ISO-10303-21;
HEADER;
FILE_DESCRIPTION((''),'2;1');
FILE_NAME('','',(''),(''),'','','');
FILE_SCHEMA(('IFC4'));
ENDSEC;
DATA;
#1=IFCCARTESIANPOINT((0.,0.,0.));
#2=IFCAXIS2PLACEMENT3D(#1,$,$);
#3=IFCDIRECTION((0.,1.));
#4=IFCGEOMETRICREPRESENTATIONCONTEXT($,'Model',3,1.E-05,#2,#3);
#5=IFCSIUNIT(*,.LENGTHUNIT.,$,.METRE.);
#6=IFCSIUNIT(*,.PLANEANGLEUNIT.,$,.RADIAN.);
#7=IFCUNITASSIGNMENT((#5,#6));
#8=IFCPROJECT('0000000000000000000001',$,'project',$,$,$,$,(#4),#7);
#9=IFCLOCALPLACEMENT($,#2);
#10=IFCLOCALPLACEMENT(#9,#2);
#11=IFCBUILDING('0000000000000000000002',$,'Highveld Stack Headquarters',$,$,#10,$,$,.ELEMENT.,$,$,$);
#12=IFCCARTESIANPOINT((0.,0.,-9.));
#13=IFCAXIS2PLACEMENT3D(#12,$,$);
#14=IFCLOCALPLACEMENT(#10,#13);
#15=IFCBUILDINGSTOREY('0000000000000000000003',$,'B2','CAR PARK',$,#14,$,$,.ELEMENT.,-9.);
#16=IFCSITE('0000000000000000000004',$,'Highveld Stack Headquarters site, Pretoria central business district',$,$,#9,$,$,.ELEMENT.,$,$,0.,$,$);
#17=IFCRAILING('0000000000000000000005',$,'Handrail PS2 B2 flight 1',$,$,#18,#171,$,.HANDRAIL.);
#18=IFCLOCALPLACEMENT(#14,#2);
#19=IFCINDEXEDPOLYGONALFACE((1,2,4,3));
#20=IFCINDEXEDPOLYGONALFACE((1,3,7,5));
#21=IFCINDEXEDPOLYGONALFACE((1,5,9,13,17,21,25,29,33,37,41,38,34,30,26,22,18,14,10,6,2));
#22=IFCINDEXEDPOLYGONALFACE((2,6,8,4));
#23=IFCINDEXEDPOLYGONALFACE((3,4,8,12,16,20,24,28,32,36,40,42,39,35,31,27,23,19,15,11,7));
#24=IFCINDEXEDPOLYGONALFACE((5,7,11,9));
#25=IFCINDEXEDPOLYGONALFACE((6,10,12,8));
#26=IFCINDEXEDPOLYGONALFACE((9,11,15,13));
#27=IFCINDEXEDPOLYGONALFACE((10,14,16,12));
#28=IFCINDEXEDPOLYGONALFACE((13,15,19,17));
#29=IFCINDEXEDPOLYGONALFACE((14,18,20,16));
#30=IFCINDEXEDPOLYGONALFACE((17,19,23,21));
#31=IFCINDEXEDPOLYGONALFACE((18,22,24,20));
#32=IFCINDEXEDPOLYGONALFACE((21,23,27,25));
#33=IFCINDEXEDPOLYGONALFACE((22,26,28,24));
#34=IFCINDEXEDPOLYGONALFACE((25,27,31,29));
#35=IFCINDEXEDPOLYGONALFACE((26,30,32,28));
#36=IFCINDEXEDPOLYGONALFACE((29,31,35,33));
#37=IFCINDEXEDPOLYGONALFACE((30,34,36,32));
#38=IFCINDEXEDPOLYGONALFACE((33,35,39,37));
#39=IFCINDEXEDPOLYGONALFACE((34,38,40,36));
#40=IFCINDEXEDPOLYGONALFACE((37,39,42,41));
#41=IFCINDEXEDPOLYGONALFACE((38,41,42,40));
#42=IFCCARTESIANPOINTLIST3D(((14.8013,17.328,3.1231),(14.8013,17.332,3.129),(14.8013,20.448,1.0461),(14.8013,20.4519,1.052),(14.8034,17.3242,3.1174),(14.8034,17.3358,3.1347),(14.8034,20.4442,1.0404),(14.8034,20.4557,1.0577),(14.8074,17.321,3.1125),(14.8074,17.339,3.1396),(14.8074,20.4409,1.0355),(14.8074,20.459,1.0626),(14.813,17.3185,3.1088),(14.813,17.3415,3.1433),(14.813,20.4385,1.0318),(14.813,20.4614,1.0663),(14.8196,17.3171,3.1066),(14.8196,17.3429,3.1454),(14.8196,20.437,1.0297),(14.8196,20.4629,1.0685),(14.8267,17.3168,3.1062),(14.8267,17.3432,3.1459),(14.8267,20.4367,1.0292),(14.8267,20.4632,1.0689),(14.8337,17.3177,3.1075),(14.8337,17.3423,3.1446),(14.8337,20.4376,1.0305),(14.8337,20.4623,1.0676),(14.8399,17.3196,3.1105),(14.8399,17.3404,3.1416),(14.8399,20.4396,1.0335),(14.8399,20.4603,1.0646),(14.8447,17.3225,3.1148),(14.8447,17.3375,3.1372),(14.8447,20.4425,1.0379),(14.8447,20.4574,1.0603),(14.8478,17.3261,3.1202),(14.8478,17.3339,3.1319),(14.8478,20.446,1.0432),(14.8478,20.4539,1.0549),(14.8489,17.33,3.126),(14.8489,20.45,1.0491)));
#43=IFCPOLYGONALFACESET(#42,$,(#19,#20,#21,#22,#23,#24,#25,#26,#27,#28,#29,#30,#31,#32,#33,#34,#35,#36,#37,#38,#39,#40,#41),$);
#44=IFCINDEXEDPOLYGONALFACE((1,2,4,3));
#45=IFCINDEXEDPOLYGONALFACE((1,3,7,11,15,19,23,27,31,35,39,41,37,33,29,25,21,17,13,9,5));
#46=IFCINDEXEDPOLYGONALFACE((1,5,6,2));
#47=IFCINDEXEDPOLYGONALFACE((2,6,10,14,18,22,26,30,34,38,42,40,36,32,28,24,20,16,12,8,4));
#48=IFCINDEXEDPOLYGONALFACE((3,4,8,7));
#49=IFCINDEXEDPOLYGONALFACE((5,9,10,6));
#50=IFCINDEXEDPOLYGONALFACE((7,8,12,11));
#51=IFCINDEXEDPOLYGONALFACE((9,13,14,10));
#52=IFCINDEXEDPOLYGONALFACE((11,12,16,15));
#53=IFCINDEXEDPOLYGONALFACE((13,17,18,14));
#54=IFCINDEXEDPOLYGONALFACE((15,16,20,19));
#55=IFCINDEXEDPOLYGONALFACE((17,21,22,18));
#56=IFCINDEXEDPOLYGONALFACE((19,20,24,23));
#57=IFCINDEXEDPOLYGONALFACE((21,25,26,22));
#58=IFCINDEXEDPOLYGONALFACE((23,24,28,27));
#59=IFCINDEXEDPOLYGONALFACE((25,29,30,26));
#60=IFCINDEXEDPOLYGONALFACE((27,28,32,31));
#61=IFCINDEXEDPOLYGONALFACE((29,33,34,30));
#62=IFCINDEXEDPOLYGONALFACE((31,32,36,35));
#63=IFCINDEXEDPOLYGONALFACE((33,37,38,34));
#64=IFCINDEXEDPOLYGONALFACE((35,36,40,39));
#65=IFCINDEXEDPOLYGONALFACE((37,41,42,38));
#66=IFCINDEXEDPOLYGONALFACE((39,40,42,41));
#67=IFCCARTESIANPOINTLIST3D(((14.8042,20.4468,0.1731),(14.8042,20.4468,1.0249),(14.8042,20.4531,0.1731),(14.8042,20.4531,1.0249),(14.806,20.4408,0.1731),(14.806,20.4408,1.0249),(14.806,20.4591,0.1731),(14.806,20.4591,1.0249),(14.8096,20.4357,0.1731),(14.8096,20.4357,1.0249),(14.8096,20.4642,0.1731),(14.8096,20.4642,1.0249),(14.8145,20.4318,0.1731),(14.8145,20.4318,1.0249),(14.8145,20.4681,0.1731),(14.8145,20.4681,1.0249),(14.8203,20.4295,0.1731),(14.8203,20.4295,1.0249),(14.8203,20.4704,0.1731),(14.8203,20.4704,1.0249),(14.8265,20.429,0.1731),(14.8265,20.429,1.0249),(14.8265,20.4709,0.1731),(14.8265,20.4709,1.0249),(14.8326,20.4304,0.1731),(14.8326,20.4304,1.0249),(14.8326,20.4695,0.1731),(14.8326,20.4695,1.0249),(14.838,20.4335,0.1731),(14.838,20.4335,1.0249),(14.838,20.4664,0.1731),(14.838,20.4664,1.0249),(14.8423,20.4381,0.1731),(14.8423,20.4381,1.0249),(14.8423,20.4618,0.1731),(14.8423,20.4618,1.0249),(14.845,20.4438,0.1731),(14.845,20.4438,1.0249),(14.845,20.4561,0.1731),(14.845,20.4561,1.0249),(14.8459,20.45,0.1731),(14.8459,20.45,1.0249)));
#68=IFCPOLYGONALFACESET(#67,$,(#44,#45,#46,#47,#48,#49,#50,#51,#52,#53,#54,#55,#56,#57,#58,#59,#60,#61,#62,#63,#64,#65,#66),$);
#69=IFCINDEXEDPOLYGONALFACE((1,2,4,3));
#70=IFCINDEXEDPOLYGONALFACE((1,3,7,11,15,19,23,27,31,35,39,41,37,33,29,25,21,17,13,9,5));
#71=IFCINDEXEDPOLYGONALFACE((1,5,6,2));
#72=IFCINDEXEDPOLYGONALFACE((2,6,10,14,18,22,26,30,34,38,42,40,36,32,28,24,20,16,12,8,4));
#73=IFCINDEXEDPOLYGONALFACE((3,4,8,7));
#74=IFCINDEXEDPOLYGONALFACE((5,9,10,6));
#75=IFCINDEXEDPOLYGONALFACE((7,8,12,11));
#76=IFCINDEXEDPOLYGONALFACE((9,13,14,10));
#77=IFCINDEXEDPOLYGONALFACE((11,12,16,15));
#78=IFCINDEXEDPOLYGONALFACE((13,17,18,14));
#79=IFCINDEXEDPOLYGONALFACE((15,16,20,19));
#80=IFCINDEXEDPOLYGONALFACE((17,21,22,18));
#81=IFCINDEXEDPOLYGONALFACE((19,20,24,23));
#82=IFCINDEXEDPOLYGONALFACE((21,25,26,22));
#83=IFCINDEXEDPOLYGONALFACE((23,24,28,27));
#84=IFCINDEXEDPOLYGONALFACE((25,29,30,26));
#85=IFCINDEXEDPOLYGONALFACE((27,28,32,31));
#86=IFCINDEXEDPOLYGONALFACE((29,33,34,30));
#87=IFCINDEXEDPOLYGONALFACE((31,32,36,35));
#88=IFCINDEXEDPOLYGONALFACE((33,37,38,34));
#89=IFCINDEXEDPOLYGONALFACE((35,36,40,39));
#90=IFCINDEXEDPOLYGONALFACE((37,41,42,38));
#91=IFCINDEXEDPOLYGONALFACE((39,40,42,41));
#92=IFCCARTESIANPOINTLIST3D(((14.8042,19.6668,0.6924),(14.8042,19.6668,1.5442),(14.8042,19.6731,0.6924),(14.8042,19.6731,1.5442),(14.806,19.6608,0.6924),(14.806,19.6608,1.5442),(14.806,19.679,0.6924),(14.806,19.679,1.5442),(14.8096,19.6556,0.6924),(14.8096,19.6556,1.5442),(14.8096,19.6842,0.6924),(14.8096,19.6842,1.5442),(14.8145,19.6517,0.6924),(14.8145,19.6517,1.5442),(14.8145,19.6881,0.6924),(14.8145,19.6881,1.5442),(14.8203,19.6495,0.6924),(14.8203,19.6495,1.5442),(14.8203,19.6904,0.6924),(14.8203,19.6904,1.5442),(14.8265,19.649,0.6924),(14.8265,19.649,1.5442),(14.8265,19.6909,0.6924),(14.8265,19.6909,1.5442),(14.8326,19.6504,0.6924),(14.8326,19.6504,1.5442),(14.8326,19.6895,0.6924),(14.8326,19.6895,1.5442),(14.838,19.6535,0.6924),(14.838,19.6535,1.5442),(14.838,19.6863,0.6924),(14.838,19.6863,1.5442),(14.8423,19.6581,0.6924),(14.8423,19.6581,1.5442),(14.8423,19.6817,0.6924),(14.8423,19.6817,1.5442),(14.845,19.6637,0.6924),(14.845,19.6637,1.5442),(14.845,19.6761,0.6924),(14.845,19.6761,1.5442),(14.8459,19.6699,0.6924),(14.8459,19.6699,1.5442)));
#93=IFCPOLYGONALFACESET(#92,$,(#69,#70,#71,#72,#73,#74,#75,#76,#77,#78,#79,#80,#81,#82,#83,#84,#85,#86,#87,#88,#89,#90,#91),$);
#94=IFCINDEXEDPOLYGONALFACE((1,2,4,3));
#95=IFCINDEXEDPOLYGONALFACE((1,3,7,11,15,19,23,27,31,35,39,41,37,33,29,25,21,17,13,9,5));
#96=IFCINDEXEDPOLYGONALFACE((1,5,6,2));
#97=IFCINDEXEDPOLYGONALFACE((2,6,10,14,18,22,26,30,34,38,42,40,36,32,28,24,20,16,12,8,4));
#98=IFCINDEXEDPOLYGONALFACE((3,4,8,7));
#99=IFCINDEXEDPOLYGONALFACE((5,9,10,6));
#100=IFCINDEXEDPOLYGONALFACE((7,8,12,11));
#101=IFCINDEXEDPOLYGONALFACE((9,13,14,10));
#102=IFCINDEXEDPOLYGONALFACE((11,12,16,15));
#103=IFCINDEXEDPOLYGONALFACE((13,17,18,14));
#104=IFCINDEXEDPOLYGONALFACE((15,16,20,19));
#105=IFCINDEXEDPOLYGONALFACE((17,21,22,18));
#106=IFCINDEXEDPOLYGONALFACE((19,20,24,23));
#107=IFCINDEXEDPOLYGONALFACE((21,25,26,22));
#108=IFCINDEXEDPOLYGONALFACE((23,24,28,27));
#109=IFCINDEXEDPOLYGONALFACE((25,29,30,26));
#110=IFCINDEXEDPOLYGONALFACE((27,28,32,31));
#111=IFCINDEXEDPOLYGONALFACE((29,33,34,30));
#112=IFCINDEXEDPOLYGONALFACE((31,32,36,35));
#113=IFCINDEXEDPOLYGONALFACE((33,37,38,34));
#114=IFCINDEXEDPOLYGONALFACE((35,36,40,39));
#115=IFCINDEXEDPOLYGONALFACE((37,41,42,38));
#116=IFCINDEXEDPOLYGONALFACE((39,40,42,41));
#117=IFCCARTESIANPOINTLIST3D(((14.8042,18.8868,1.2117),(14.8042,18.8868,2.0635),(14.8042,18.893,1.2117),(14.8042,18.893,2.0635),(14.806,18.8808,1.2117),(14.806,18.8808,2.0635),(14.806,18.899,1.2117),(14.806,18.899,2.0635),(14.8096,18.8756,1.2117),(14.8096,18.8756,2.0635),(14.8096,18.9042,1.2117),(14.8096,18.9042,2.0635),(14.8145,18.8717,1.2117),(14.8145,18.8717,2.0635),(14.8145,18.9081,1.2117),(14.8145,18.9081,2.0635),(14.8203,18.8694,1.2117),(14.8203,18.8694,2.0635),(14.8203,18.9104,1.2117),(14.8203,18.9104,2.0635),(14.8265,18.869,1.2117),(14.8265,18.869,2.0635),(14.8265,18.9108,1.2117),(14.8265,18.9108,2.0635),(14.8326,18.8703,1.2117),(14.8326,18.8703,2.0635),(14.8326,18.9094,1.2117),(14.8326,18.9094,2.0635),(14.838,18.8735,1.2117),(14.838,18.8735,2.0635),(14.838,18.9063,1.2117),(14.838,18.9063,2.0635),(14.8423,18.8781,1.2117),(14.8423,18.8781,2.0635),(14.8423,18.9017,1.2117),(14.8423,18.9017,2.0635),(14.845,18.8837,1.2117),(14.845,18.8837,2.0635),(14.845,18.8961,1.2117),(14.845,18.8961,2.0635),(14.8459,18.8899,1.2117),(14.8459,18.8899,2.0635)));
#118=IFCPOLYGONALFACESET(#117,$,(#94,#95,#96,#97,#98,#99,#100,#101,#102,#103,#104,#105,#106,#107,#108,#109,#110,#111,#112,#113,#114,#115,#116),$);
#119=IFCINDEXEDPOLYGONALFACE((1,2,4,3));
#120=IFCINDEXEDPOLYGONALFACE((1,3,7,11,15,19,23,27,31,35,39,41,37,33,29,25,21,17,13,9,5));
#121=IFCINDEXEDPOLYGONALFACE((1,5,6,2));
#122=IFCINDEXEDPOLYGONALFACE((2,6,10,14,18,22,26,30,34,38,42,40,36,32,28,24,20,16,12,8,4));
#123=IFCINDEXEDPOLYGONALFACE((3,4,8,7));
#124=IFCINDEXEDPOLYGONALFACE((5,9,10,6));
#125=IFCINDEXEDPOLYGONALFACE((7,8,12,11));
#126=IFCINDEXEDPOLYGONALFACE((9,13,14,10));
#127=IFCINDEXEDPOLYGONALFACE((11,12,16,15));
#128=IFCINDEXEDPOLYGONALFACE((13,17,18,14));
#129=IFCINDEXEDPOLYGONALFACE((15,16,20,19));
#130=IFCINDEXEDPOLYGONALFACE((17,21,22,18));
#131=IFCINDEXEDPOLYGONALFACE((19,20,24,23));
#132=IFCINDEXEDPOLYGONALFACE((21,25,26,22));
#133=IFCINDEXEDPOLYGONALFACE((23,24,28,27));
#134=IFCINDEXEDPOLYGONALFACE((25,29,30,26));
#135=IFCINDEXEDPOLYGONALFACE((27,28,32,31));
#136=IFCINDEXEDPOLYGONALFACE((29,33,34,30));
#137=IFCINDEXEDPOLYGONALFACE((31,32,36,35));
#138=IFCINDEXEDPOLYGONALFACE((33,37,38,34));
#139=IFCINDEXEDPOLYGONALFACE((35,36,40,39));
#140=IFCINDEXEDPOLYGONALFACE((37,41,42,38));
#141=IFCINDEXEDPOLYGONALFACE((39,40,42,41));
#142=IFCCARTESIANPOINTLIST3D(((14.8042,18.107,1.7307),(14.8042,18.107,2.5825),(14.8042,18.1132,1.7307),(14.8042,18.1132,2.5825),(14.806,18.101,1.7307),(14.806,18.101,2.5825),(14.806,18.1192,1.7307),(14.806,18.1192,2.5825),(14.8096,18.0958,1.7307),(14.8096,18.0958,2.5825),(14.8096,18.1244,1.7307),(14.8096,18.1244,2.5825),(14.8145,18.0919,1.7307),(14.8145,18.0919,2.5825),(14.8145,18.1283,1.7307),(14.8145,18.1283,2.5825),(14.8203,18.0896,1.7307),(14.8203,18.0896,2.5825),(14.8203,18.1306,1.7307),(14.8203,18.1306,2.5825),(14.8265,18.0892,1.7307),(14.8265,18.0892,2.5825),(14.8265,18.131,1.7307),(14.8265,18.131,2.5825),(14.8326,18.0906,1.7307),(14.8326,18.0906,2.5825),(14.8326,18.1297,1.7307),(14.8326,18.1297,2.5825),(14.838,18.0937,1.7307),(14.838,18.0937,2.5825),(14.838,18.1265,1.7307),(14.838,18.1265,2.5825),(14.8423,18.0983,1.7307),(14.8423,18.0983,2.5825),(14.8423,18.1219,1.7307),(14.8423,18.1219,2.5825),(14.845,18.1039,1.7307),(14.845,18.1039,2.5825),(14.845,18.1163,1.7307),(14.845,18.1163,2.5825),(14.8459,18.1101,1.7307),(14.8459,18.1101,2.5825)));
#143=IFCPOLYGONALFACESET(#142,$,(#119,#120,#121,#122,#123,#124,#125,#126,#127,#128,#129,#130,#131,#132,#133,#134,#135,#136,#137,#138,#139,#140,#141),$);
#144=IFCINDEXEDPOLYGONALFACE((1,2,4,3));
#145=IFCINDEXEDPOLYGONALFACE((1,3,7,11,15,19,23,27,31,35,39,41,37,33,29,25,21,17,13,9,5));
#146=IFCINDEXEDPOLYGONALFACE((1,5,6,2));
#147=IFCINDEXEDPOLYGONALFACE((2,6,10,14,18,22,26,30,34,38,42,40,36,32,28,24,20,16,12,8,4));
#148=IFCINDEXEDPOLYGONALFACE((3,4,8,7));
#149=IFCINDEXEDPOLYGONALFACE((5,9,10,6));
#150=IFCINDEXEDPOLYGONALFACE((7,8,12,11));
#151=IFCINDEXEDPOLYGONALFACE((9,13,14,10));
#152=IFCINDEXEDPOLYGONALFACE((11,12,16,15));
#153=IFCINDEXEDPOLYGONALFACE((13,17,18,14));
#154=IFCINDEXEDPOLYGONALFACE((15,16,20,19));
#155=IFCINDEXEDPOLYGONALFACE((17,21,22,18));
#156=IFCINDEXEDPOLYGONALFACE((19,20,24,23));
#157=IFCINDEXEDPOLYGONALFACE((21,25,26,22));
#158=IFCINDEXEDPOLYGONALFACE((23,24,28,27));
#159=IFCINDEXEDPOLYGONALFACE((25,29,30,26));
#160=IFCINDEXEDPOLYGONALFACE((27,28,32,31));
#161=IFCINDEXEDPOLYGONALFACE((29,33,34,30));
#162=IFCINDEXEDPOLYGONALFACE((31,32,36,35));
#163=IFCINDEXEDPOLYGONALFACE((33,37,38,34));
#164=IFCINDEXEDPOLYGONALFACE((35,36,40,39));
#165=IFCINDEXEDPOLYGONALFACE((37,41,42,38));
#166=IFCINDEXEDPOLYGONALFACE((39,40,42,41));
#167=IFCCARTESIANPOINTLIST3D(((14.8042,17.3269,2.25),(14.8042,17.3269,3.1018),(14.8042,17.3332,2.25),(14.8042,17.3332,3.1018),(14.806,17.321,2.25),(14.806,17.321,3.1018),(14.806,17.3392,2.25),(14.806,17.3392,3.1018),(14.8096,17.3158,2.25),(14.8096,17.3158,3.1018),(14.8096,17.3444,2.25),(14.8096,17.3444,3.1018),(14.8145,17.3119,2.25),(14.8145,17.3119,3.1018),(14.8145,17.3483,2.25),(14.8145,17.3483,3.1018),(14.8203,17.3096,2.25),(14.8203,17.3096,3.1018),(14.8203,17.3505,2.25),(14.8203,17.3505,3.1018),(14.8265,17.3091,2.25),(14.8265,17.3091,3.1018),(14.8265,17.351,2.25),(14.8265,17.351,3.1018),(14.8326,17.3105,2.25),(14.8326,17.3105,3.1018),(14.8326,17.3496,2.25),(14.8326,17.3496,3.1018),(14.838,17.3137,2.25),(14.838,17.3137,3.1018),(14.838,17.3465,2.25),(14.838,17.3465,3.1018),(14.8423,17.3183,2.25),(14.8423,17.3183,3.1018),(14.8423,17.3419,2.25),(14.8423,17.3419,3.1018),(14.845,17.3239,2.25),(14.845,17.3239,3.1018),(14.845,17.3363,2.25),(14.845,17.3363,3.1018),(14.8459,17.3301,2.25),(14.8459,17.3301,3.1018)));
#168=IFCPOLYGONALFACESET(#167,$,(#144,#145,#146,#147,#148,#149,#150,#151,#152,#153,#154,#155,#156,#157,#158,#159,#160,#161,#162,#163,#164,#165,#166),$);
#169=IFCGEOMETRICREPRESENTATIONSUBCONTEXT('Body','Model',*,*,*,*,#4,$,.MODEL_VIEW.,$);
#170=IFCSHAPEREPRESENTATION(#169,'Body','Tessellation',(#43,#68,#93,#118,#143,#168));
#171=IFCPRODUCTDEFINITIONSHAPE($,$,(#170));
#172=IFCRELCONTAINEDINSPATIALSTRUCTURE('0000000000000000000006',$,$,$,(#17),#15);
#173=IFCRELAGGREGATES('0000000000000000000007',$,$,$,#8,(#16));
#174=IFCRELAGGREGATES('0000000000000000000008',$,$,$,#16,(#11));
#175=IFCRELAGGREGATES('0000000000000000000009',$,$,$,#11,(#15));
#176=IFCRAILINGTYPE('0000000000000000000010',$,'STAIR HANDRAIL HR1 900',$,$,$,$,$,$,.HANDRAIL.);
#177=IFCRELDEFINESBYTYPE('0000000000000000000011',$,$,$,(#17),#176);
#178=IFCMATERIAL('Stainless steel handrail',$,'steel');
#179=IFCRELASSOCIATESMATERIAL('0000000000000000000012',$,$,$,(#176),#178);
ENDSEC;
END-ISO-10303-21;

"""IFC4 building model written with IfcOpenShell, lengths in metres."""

from ifc_helpers import new_model, si_unit, direction, frame, origin, origin_2d, place, context, subcontext, project, spatial, circle, extrude, material, type_object, element, save


model = new_model("IFC4")

# Units and contexts
model_context = context("Model", 3, precision=1e-05, world=origin(), true_north=direction((0.0, 1.0)))
body_context = subcontext(model_context, "Body", "Model", "MODEL_VIEW")
ifc_project = project(units=[si_unit("LENGTHUNIT", "METRE"), si_unit("PLANEANGLEUNIT", "RADIAN")], contexts=[model_context])

# Site, building, storey
site_placement = place(None, origin())
site = spatial("IfcSite", under=ifc_project, at=site_placement, Name="Highveld Stack Headquarters site, Pretoria central business district", CompositionType="ELEMENT", RefElevation=0.0)
building_placement = place(site_placement, origin())
building = spatial("IfcBuilding", under=site, at=building_placement, Name="Highveld Stack Headquarters", CompositionType="ELEMENT")
storey_placement = place(building_placement, frame((0.0, 0.0, -9.0)))
storey = spatial("IfcBuildingStorey", under=building, at=storey_placement, Name="B2", Description="CAR PARK", CompositionType="ELEMENT", Elevation=-9.0)

# Railing
ifc_material_1 = material(Name="Stainless steel handrail", Category="steel")
railing_type = type_object("IfcRailingType", Name="STAIR HANDRAIL HR1 900", PredefinedType="HANDRAIL", material=ifc_material_1)
for number, where, name in (
    (1, (14.825, 20.45, 0.1731), "Handrail PS2 B2 flight 1"),
):
    element("IfcRailing", number, at=place(storey_placement, frame(where)), inside=storey, type_object=railing_type, Name=name, PredefinedType="HANDRAIL", context=body_context, shape_type="SweptSolid", body=[
        extrude(circle(Radius=0.0239, at=origin_2d()), frame((0.0, 0.0, 0.876), z_axis=(0.0, -0.832421, 0.554144), x_axis=(1.0, 0.0, 0.0)), (0.0, 0.0, 1.0), 3.748),
        extrude(circle(Radius=0.021, at=origin_2d()), origin(), (0.0, 0.0, 1.0), 0.8518),
        extrude(circle(Radius=0.021, at=origin_2d()), frame((0.0, -0.78, 0.5193)), (0.0, 0.0, 1.0), 0.8518),
        extrude(circle(Radius=0.021, at=origin_2d()), frame((0.0, -1.5601, 1.0386)), (0.0, 0.0, 1.0), 0.8518),
        extrude(circle(Radius=0.021, at=origin_2d()), frame((0.0, -2.3398, 1.5576)), (0.0, 0.0, 1.0), 0.8518),
        extrude(circle(Radius=0.021, at=origin_2d()), frame((0.0, -3.1199, 2.0769)), (0.0, 0.0, 1.0), 0.8518),
    ])

save(model, "model.ifc")
